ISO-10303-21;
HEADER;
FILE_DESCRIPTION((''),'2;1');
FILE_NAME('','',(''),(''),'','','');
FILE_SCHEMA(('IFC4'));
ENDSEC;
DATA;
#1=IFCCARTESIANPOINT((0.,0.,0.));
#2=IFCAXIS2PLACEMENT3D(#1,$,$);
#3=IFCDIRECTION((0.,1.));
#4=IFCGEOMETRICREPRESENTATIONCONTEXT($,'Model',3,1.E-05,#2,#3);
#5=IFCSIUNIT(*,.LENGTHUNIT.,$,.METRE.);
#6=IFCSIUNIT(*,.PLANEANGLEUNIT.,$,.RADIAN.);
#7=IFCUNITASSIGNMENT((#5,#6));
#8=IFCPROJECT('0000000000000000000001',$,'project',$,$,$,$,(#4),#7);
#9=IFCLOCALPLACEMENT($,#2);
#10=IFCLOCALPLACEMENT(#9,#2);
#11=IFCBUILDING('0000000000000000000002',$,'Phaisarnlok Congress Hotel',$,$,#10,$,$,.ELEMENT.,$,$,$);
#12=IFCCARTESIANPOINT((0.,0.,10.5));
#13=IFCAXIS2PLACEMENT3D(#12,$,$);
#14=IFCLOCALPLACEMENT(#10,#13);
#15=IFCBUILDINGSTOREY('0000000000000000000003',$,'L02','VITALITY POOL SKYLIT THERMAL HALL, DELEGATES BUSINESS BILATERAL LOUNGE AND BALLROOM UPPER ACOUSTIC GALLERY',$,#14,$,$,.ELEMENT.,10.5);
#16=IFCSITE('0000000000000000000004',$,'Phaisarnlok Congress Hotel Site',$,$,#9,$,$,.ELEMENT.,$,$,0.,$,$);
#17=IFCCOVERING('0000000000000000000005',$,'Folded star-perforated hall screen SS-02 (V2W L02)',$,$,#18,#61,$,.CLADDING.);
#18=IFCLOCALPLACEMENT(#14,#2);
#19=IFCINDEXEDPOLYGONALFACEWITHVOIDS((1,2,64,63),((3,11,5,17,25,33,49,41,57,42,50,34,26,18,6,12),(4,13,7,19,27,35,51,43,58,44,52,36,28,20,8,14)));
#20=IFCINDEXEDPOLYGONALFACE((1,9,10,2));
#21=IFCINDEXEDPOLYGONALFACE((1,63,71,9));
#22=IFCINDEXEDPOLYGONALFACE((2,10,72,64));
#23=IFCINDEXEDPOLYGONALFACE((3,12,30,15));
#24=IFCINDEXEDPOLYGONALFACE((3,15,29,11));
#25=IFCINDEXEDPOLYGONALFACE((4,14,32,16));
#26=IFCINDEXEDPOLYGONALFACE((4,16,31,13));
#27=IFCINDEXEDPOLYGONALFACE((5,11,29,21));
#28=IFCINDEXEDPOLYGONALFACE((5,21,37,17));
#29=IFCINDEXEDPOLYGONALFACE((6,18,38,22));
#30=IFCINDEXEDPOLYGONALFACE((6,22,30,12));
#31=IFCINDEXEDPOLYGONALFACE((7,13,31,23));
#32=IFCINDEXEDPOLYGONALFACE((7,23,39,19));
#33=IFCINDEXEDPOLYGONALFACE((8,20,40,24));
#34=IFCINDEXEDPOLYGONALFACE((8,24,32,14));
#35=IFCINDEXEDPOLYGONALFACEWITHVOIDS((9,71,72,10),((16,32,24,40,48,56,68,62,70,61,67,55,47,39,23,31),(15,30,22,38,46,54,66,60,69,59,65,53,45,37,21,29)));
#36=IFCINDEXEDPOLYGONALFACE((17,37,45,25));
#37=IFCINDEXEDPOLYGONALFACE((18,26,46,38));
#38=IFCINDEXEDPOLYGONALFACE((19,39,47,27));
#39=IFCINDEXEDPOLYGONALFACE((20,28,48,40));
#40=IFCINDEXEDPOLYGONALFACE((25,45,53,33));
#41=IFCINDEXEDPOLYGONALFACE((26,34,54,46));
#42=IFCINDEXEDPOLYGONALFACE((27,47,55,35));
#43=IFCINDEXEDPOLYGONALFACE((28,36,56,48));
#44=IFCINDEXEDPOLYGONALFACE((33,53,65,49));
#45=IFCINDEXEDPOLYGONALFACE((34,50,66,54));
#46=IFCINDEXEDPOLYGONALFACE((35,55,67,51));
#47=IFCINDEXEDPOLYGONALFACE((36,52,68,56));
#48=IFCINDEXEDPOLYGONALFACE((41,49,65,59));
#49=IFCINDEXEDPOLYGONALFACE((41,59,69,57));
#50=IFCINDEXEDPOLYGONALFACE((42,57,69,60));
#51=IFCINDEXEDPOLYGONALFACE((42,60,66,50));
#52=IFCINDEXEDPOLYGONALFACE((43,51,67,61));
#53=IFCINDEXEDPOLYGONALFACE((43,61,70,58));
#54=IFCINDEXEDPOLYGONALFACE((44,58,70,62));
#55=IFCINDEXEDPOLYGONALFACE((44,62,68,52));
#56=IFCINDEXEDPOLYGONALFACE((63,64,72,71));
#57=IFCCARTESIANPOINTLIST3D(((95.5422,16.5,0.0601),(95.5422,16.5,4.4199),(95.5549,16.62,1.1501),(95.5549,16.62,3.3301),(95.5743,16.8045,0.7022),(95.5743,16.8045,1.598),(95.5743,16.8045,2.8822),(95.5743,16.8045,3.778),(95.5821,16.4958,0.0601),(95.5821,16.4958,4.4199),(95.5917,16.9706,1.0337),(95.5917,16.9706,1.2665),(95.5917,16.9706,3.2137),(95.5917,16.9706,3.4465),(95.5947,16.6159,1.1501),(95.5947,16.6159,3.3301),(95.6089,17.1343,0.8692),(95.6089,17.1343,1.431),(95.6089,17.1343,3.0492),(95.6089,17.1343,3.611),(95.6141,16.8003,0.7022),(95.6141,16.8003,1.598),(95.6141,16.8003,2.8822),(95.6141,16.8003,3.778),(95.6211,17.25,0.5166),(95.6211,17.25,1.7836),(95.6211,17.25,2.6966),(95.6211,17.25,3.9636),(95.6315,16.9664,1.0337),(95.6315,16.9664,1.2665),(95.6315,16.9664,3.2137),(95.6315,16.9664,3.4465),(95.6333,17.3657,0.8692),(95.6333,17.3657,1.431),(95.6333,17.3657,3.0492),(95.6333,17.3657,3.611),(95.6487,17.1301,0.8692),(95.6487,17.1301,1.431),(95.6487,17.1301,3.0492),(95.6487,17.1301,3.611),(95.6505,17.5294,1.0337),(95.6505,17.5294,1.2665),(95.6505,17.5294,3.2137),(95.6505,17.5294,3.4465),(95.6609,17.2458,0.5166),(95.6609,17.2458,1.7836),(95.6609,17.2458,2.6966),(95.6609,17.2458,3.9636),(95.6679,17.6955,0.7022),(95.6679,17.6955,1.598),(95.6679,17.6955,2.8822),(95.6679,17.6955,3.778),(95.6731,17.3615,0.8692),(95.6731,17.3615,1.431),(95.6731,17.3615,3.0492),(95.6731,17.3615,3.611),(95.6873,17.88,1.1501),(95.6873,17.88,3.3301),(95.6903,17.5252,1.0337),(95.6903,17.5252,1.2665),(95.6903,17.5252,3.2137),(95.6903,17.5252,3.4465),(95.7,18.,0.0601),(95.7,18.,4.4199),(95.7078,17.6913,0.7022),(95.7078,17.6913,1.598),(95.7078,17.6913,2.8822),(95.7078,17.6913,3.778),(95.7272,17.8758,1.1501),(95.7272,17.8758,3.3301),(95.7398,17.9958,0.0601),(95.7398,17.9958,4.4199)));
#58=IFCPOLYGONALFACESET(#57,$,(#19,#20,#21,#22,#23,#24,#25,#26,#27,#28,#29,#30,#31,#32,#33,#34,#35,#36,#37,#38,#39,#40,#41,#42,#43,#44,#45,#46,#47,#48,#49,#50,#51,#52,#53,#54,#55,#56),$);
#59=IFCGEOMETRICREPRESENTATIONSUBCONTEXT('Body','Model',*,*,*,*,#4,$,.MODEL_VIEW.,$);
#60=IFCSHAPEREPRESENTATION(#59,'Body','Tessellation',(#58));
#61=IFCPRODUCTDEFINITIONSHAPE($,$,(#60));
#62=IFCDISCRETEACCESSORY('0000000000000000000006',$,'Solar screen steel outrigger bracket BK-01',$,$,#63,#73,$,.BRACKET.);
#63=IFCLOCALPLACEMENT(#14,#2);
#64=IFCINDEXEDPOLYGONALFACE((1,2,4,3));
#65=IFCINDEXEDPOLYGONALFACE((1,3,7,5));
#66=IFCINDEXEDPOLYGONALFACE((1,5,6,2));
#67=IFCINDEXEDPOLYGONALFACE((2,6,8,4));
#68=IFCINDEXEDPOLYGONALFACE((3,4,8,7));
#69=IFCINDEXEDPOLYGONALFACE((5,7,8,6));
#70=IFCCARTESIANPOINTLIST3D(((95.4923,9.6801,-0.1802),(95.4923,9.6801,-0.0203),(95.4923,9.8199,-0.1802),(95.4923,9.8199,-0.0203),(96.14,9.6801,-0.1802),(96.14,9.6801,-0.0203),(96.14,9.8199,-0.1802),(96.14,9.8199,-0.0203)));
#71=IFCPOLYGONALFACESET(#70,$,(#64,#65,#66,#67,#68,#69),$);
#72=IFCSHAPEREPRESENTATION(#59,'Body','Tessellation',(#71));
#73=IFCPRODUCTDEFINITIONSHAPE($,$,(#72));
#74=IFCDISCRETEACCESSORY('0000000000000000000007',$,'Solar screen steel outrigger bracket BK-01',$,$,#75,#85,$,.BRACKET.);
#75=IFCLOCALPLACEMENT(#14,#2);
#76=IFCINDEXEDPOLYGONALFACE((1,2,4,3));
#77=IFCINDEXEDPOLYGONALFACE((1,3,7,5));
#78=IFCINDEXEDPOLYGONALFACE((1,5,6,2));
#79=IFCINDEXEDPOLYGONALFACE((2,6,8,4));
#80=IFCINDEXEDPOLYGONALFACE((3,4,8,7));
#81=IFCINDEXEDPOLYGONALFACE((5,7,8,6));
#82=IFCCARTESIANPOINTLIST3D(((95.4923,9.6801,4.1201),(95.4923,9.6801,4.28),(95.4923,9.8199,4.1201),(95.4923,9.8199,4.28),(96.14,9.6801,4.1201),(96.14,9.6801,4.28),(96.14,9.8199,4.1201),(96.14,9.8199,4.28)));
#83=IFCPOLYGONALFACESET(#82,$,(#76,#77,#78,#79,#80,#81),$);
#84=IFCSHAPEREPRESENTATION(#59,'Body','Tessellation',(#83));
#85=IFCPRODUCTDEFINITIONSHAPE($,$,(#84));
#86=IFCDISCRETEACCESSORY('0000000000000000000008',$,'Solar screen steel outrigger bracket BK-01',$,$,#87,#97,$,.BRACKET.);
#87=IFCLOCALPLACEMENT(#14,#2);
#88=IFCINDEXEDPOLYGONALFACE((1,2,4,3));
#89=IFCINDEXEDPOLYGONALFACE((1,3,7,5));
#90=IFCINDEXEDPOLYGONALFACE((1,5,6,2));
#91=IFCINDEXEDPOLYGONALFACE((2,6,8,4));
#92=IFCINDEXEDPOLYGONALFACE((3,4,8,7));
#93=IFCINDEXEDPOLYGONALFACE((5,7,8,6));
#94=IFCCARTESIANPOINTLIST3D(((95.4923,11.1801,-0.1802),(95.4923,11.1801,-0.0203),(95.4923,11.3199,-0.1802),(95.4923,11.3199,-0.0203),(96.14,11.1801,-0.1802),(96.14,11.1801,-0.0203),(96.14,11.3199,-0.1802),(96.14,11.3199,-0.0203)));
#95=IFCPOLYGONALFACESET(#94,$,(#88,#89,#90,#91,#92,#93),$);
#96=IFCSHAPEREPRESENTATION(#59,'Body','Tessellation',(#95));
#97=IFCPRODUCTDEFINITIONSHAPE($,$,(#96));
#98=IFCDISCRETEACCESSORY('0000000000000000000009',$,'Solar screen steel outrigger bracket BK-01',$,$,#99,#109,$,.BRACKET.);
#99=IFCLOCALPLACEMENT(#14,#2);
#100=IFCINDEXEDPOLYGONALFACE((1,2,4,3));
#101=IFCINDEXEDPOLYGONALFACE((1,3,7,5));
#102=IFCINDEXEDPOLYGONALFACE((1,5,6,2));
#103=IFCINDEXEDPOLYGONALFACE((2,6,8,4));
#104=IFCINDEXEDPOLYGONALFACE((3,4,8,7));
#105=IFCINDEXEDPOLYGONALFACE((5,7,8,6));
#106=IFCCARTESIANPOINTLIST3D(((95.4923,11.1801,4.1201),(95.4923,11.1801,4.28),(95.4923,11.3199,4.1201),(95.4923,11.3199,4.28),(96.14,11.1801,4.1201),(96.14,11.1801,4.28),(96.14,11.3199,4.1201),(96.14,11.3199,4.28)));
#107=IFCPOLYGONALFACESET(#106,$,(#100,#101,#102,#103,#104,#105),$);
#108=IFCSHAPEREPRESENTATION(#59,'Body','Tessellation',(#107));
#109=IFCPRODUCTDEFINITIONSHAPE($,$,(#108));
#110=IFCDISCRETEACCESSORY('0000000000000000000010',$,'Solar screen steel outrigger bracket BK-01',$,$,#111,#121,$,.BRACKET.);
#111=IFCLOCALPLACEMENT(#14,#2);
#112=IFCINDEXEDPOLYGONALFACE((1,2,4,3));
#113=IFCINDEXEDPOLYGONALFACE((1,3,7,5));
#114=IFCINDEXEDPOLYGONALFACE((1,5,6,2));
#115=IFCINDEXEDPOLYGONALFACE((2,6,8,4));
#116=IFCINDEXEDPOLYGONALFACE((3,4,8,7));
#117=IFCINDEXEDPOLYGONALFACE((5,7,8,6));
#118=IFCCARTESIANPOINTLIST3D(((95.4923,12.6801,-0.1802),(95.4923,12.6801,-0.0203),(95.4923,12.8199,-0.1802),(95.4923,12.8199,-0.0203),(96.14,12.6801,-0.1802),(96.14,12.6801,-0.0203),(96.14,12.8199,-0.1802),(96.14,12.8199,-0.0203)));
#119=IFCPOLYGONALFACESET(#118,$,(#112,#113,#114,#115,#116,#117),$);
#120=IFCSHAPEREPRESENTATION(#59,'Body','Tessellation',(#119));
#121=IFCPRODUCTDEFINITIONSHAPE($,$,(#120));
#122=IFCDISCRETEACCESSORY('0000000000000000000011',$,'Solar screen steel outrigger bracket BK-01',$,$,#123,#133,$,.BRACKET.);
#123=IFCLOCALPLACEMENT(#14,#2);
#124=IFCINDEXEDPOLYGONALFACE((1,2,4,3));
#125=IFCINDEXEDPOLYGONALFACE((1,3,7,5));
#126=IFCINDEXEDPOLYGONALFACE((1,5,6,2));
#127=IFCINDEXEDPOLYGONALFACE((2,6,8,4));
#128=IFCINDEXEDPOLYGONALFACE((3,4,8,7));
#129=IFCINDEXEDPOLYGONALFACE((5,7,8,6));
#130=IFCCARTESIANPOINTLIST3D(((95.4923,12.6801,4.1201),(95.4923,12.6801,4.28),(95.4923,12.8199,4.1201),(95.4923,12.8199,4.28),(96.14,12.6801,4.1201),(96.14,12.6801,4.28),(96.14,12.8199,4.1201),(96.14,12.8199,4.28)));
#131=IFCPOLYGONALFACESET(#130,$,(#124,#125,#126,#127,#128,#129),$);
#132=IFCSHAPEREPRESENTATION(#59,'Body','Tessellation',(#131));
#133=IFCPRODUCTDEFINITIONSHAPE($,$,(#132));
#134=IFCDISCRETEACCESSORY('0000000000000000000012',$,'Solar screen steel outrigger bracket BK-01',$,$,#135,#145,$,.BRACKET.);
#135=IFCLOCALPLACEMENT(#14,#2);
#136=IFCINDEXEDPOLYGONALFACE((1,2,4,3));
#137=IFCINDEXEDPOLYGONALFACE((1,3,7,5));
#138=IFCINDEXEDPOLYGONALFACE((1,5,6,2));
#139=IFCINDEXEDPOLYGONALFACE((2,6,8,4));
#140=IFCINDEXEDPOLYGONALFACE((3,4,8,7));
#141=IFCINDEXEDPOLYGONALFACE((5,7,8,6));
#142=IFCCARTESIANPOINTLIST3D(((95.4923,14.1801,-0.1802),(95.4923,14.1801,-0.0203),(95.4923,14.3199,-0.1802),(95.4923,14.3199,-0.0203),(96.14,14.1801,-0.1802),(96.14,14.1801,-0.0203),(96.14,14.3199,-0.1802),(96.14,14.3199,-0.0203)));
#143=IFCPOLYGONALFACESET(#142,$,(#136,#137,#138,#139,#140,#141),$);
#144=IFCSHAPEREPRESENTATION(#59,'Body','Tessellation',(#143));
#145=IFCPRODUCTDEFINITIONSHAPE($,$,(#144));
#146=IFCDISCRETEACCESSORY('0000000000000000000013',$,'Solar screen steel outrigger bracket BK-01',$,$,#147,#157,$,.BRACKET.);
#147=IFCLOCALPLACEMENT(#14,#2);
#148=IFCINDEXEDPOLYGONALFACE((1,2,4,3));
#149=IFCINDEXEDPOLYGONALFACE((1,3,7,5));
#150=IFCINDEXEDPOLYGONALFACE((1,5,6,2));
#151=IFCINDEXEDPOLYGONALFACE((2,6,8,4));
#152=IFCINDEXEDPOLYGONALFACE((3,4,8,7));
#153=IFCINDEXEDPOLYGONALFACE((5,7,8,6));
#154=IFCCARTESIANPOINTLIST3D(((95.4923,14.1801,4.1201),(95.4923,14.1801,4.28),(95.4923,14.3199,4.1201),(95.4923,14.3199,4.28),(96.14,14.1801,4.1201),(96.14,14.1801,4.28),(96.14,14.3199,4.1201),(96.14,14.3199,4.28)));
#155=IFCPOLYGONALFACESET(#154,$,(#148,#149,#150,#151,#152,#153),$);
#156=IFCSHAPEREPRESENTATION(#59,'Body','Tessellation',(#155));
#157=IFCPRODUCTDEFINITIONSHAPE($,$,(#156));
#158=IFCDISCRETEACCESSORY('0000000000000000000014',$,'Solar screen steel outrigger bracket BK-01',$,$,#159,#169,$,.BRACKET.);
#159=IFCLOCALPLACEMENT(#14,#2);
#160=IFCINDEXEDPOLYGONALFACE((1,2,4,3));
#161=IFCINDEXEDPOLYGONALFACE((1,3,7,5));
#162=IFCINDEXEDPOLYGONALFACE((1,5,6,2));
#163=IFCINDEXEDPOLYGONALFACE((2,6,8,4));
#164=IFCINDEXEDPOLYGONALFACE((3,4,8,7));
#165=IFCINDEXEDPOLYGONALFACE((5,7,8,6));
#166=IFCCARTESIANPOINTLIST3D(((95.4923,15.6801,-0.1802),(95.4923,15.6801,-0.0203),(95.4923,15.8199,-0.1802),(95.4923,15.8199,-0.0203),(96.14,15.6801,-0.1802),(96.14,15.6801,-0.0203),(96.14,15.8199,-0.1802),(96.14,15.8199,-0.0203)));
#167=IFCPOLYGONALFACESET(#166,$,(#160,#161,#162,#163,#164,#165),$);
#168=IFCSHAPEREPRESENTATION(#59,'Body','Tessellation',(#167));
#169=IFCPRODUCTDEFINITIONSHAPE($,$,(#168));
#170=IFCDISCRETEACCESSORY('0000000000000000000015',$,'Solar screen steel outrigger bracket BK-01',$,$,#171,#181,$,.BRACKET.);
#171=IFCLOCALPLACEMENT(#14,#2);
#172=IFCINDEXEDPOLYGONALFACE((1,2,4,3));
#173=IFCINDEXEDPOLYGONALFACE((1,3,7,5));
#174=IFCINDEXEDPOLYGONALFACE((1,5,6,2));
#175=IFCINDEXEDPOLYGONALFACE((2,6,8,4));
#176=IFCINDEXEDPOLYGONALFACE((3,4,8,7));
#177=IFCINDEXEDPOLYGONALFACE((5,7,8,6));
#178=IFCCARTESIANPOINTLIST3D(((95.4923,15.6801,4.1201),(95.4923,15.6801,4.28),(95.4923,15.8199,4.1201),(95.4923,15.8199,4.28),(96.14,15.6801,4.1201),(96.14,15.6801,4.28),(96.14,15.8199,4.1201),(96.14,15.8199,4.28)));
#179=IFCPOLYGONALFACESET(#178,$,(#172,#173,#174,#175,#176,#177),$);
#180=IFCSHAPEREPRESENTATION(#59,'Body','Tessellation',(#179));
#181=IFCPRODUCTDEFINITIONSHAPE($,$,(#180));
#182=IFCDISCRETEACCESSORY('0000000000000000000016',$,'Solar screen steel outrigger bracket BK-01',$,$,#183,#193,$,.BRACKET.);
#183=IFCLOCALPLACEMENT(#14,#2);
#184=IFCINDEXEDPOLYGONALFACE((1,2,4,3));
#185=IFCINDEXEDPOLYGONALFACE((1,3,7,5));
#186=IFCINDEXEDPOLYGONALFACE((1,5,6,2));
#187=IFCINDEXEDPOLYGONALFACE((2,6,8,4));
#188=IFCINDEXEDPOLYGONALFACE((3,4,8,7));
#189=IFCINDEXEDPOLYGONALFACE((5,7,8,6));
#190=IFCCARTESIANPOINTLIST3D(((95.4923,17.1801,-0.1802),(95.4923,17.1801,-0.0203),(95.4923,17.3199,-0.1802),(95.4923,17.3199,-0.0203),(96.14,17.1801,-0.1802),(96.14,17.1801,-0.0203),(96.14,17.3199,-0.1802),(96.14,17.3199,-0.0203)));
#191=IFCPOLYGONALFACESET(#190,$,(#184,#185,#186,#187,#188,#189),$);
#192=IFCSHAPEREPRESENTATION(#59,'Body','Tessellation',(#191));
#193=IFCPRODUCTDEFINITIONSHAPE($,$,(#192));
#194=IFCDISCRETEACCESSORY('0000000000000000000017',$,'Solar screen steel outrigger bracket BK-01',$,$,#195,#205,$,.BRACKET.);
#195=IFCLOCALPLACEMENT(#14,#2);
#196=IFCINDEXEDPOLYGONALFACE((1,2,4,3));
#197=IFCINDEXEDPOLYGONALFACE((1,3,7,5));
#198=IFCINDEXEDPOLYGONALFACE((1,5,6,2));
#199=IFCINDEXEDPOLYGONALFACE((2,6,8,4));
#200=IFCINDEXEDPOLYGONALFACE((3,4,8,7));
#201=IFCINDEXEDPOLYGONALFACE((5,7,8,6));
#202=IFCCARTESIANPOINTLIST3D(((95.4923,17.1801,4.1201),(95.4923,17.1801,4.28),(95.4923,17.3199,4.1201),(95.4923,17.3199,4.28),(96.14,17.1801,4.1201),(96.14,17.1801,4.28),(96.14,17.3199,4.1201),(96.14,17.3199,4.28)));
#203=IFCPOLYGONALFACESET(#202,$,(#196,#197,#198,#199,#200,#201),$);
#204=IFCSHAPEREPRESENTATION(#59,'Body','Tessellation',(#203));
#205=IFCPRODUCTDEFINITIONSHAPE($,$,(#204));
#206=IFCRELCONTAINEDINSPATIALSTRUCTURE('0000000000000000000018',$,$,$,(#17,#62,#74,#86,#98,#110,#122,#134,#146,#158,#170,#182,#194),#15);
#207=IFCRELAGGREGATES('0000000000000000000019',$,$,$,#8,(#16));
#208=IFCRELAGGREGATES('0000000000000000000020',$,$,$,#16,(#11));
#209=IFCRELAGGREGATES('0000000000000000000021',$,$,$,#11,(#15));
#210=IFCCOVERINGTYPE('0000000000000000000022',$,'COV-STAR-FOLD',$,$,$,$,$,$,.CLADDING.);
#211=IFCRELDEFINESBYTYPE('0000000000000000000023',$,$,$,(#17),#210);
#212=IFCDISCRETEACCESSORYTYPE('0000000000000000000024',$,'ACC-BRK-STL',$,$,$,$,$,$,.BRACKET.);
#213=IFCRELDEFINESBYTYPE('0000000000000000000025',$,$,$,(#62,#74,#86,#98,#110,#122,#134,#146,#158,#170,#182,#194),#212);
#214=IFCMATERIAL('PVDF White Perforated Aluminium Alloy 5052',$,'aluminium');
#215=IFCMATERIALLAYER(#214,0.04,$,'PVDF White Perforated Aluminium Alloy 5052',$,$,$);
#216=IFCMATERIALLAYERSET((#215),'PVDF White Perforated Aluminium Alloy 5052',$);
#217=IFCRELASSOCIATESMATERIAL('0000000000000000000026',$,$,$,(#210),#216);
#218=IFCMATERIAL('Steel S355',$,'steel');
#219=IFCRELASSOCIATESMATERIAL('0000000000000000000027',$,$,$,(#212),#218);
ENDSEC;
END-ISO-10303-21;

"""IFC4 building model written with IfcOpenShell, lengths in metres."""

from ifc_helpers import new_model, si_unit, direction, frame, origin, origin_2d, place, context, subcontext, project, spatial, polyline, rectangle, outline, extrude, material, layer, layer_set, type_object, element, save


model = new_model("IFC4")

# Units and contexts
model_context = context("Model", 3, precision=1e-05, world=origin(), true_north=direction((0.0, 1.0)))
body_context = subcontext(model_context, "Body", "Model", "MODEL_VIEW")
ifc_project = project(units=[si_unit("LENGTHUNIT", "METRE"), si_unit("PLANEANGLEUNIT", "RADIAN")], contexts=[model_context])

# Site, building, storey
site_placement = place(None, origin())
site = spatial("IfcSite", under=ifc_project, at=site_placement, Name="Phaisarnlok Congress Hotel Site", CompositionType="ELEMENT", RefElevation=0.0)
building_placement = place(site_placement, origin())
building = spatial("IfcBuilding", under=site, at=building_placement, Name="Phaisarnlok Congress Hotel", CompositionType="ELEMENT")
storey_placement = place(building_placement, frame((0.0, 0.0, 10.5)))
storey = spatial("IfcBuildingStorey", under=building, at=storey_placement, Name="L02", Description="VITALITY POOL SKYLIT THERMAL HALL, DELEGATES BUSINESS BILATERAL LOUNGE AND BALLROOM UPPER ACOUSTIC GALLERY", CompositionType="ELEMENT", Elevation=10.5)

# Shared definitions
ifc_material_1 = material(Name="Steel S355", Category="steel")

# Covering
ifc_material_2 = material(Name="PVDF White Perforated Aluminium Alloy 5052", Category="aluminium")
ifc_layer_1 = layer(ifc_material_2, 0.04, Name="PVDF White Perforated Aluminium Alloy 5052")
ifc_layer_set_1 = layer_set([ifc_layer_1], Name="PVDF White Perforated Aluminium Alloy 5052")
covering_type = type_object("IfcCoveringType", Name="COV-STAR-FOLD", PredefinedType="CLADDING", material=ifc_layer_set_1)
for number, where, z_axis, x_axis, name in (
    (1, (95.5422, 16.5, 0.0601), (0.994518, -0.104567, 0.0), (0.104567, 0.994518, 0.0), "Folded star-perforated hall screen SS-02 (V2W L02)"),
):
    element("IfcCovering", number, at=place(storey_placement, frame(where, z_axis=z_axis, x_axis=x_axis)), inside=storey, type_object=covering_type, Name=name, PredefinedType="CLADDING", context=body_context, shape_type="SweptSolid", body=[
        extrude(outline(polyline([(0.0, 0.0), (1.5083, 0.0), (1.5083, 4.3599), (0.0, 4.3599), (0.0, 0.0)]), holes=[polyline([(1.0351, 0.9736), (1.2021, 0.6421), (0.8705, 0.8091), (0.7541, 0.4565), (0.6378, 0.8091), (0.3062, 0.6421), (0.4732, 0.9736), (0.1207, 1.09), (0.4732, 1.2064), (0.3062, 1.5379), (0.6378, 1.3709), (0.7541, 1.7235), (0.8705, 1.3709), (1.2021, 1.5379), (1.0351, 1.2064), (1.3876, 1.09), (1.0351, 0.9736)]), polyline([(1.0351, 3.1536), (1.2021, 2.8221), (0.8705, 2.9891), (0.7541, 2.6365), (0.6378, 2.9891), (0.3062, 2.8221), (0.4732, 3.1536), (0.1207, 3.27), (0.4732, 3.3864), (0.3062, 3.7179), (0.6378, 3.5509), (0.7541, 3.9035), (0.8705, 3.5509), (1.2021, 3.7179), (1.0351, 3.3864), (1.3876, 3.27), (1.0351, 3.1536)])]), origin(), (0.0, 0.0, 1.0), 0.04),
    ])

# Discrete accessories
discrete_accessory_type = type_object("IfcDiscreteAccessoryType", Name="ACC-BRK-STL", PredefinedType="BRACKET", material=ifc_material_1)
for number, where, z_axis, x_axis, name in (
    (2, (95.8162, 9.75, -0.1802), (0.0, 0.0, 1.0), (1.0, 0.0, 0.0), "Solar screen steel outrigger bracket BK-01"),
    (3, (95.8162, 9.75, 4.1201), (0.0, 0.0, 1.0), (1.0, 0.0, 0.0), "Solar screen steel outrigger bracket BK-01"),
    (4, (95.8162, 11.25, -0.1802), (0.0, 0.0, 1.0), (1.0, 0.0, 0.0), "Solar screen steel outrigger bracket BK-01"),
    (5, (95.8162, 11.25, 4.1201), (0.0, 0.0, 1.0), (1.0, 0.0, 0.0), "Solar screen steel outrigger bracket BK-01"),
    (6, (95.8162, 12.75, -0.1802), (0.0, 0.0, 1.0), (1.0, 0.0, 0.0), "Solar screen steel outrigger bracket BK-01"),
    (7, (95.8162, 12.75, 4.1201), (0.0, 0.0, 1.0), (1.0, 0.0, 0.0), "Solar screen steel outrigger bracket BK-01"),
    (8, (95.8162, 14.25, -0.1802), (0.0, 0.0, 1.0), (1.0, 0.0, 0.0), "Solar screen steel outrigger bracket BK-01"),
    (9, (95.8162, 14.25, 4.1201), (0.0, 0.0, 1.0), (1.0, 0.0, 0.0), "Solar screen steel outrigger bracket BK-01"),
    (10, (95.8162, 15.75, -0.1802), (0.0, 0.0, 1.0), (1.0, 0.0, 0.0), "Solar screen steel outrigger bracket BK-01"),
    (11, (95.8162, 15.75, 4.1201), (0.0, 0.0, 1.0), (1.0, 0.0, 0.0), "Solar screen steel outrigger bracket BK-01"),
    (12, (95.8162, 17.25, -0.1802), (0.0, 0.0, 1.0), (1.0, 0.0, 0.0), "Solar screen steel outrigger bracket BK-01"),
    (13, (95.8162, 17.25, 4.1201), (0.0, 0.0, 1.0), (1.0, 0.0, 0.0), "Solar screen steel outrigger bracket BK-01"),
):
    element("IfcDiscreteAccessory", number, at=place(storey_placement, frame(where, z_axis=z_axis, x_axis=x_axis)), inside=storey, type_object=discrete_accessory_type, Name=name, PredefinedType="BRACKET", context=body_context, shape_type="SweptSolid", body=[
        extrude(rectangle(XDim=0.6477, YDim=0.1399, at=origin_2d()), origin(), (0.0, 0.0, 1.0), 0.1599),
    ])

save(model, "model.ifc")
